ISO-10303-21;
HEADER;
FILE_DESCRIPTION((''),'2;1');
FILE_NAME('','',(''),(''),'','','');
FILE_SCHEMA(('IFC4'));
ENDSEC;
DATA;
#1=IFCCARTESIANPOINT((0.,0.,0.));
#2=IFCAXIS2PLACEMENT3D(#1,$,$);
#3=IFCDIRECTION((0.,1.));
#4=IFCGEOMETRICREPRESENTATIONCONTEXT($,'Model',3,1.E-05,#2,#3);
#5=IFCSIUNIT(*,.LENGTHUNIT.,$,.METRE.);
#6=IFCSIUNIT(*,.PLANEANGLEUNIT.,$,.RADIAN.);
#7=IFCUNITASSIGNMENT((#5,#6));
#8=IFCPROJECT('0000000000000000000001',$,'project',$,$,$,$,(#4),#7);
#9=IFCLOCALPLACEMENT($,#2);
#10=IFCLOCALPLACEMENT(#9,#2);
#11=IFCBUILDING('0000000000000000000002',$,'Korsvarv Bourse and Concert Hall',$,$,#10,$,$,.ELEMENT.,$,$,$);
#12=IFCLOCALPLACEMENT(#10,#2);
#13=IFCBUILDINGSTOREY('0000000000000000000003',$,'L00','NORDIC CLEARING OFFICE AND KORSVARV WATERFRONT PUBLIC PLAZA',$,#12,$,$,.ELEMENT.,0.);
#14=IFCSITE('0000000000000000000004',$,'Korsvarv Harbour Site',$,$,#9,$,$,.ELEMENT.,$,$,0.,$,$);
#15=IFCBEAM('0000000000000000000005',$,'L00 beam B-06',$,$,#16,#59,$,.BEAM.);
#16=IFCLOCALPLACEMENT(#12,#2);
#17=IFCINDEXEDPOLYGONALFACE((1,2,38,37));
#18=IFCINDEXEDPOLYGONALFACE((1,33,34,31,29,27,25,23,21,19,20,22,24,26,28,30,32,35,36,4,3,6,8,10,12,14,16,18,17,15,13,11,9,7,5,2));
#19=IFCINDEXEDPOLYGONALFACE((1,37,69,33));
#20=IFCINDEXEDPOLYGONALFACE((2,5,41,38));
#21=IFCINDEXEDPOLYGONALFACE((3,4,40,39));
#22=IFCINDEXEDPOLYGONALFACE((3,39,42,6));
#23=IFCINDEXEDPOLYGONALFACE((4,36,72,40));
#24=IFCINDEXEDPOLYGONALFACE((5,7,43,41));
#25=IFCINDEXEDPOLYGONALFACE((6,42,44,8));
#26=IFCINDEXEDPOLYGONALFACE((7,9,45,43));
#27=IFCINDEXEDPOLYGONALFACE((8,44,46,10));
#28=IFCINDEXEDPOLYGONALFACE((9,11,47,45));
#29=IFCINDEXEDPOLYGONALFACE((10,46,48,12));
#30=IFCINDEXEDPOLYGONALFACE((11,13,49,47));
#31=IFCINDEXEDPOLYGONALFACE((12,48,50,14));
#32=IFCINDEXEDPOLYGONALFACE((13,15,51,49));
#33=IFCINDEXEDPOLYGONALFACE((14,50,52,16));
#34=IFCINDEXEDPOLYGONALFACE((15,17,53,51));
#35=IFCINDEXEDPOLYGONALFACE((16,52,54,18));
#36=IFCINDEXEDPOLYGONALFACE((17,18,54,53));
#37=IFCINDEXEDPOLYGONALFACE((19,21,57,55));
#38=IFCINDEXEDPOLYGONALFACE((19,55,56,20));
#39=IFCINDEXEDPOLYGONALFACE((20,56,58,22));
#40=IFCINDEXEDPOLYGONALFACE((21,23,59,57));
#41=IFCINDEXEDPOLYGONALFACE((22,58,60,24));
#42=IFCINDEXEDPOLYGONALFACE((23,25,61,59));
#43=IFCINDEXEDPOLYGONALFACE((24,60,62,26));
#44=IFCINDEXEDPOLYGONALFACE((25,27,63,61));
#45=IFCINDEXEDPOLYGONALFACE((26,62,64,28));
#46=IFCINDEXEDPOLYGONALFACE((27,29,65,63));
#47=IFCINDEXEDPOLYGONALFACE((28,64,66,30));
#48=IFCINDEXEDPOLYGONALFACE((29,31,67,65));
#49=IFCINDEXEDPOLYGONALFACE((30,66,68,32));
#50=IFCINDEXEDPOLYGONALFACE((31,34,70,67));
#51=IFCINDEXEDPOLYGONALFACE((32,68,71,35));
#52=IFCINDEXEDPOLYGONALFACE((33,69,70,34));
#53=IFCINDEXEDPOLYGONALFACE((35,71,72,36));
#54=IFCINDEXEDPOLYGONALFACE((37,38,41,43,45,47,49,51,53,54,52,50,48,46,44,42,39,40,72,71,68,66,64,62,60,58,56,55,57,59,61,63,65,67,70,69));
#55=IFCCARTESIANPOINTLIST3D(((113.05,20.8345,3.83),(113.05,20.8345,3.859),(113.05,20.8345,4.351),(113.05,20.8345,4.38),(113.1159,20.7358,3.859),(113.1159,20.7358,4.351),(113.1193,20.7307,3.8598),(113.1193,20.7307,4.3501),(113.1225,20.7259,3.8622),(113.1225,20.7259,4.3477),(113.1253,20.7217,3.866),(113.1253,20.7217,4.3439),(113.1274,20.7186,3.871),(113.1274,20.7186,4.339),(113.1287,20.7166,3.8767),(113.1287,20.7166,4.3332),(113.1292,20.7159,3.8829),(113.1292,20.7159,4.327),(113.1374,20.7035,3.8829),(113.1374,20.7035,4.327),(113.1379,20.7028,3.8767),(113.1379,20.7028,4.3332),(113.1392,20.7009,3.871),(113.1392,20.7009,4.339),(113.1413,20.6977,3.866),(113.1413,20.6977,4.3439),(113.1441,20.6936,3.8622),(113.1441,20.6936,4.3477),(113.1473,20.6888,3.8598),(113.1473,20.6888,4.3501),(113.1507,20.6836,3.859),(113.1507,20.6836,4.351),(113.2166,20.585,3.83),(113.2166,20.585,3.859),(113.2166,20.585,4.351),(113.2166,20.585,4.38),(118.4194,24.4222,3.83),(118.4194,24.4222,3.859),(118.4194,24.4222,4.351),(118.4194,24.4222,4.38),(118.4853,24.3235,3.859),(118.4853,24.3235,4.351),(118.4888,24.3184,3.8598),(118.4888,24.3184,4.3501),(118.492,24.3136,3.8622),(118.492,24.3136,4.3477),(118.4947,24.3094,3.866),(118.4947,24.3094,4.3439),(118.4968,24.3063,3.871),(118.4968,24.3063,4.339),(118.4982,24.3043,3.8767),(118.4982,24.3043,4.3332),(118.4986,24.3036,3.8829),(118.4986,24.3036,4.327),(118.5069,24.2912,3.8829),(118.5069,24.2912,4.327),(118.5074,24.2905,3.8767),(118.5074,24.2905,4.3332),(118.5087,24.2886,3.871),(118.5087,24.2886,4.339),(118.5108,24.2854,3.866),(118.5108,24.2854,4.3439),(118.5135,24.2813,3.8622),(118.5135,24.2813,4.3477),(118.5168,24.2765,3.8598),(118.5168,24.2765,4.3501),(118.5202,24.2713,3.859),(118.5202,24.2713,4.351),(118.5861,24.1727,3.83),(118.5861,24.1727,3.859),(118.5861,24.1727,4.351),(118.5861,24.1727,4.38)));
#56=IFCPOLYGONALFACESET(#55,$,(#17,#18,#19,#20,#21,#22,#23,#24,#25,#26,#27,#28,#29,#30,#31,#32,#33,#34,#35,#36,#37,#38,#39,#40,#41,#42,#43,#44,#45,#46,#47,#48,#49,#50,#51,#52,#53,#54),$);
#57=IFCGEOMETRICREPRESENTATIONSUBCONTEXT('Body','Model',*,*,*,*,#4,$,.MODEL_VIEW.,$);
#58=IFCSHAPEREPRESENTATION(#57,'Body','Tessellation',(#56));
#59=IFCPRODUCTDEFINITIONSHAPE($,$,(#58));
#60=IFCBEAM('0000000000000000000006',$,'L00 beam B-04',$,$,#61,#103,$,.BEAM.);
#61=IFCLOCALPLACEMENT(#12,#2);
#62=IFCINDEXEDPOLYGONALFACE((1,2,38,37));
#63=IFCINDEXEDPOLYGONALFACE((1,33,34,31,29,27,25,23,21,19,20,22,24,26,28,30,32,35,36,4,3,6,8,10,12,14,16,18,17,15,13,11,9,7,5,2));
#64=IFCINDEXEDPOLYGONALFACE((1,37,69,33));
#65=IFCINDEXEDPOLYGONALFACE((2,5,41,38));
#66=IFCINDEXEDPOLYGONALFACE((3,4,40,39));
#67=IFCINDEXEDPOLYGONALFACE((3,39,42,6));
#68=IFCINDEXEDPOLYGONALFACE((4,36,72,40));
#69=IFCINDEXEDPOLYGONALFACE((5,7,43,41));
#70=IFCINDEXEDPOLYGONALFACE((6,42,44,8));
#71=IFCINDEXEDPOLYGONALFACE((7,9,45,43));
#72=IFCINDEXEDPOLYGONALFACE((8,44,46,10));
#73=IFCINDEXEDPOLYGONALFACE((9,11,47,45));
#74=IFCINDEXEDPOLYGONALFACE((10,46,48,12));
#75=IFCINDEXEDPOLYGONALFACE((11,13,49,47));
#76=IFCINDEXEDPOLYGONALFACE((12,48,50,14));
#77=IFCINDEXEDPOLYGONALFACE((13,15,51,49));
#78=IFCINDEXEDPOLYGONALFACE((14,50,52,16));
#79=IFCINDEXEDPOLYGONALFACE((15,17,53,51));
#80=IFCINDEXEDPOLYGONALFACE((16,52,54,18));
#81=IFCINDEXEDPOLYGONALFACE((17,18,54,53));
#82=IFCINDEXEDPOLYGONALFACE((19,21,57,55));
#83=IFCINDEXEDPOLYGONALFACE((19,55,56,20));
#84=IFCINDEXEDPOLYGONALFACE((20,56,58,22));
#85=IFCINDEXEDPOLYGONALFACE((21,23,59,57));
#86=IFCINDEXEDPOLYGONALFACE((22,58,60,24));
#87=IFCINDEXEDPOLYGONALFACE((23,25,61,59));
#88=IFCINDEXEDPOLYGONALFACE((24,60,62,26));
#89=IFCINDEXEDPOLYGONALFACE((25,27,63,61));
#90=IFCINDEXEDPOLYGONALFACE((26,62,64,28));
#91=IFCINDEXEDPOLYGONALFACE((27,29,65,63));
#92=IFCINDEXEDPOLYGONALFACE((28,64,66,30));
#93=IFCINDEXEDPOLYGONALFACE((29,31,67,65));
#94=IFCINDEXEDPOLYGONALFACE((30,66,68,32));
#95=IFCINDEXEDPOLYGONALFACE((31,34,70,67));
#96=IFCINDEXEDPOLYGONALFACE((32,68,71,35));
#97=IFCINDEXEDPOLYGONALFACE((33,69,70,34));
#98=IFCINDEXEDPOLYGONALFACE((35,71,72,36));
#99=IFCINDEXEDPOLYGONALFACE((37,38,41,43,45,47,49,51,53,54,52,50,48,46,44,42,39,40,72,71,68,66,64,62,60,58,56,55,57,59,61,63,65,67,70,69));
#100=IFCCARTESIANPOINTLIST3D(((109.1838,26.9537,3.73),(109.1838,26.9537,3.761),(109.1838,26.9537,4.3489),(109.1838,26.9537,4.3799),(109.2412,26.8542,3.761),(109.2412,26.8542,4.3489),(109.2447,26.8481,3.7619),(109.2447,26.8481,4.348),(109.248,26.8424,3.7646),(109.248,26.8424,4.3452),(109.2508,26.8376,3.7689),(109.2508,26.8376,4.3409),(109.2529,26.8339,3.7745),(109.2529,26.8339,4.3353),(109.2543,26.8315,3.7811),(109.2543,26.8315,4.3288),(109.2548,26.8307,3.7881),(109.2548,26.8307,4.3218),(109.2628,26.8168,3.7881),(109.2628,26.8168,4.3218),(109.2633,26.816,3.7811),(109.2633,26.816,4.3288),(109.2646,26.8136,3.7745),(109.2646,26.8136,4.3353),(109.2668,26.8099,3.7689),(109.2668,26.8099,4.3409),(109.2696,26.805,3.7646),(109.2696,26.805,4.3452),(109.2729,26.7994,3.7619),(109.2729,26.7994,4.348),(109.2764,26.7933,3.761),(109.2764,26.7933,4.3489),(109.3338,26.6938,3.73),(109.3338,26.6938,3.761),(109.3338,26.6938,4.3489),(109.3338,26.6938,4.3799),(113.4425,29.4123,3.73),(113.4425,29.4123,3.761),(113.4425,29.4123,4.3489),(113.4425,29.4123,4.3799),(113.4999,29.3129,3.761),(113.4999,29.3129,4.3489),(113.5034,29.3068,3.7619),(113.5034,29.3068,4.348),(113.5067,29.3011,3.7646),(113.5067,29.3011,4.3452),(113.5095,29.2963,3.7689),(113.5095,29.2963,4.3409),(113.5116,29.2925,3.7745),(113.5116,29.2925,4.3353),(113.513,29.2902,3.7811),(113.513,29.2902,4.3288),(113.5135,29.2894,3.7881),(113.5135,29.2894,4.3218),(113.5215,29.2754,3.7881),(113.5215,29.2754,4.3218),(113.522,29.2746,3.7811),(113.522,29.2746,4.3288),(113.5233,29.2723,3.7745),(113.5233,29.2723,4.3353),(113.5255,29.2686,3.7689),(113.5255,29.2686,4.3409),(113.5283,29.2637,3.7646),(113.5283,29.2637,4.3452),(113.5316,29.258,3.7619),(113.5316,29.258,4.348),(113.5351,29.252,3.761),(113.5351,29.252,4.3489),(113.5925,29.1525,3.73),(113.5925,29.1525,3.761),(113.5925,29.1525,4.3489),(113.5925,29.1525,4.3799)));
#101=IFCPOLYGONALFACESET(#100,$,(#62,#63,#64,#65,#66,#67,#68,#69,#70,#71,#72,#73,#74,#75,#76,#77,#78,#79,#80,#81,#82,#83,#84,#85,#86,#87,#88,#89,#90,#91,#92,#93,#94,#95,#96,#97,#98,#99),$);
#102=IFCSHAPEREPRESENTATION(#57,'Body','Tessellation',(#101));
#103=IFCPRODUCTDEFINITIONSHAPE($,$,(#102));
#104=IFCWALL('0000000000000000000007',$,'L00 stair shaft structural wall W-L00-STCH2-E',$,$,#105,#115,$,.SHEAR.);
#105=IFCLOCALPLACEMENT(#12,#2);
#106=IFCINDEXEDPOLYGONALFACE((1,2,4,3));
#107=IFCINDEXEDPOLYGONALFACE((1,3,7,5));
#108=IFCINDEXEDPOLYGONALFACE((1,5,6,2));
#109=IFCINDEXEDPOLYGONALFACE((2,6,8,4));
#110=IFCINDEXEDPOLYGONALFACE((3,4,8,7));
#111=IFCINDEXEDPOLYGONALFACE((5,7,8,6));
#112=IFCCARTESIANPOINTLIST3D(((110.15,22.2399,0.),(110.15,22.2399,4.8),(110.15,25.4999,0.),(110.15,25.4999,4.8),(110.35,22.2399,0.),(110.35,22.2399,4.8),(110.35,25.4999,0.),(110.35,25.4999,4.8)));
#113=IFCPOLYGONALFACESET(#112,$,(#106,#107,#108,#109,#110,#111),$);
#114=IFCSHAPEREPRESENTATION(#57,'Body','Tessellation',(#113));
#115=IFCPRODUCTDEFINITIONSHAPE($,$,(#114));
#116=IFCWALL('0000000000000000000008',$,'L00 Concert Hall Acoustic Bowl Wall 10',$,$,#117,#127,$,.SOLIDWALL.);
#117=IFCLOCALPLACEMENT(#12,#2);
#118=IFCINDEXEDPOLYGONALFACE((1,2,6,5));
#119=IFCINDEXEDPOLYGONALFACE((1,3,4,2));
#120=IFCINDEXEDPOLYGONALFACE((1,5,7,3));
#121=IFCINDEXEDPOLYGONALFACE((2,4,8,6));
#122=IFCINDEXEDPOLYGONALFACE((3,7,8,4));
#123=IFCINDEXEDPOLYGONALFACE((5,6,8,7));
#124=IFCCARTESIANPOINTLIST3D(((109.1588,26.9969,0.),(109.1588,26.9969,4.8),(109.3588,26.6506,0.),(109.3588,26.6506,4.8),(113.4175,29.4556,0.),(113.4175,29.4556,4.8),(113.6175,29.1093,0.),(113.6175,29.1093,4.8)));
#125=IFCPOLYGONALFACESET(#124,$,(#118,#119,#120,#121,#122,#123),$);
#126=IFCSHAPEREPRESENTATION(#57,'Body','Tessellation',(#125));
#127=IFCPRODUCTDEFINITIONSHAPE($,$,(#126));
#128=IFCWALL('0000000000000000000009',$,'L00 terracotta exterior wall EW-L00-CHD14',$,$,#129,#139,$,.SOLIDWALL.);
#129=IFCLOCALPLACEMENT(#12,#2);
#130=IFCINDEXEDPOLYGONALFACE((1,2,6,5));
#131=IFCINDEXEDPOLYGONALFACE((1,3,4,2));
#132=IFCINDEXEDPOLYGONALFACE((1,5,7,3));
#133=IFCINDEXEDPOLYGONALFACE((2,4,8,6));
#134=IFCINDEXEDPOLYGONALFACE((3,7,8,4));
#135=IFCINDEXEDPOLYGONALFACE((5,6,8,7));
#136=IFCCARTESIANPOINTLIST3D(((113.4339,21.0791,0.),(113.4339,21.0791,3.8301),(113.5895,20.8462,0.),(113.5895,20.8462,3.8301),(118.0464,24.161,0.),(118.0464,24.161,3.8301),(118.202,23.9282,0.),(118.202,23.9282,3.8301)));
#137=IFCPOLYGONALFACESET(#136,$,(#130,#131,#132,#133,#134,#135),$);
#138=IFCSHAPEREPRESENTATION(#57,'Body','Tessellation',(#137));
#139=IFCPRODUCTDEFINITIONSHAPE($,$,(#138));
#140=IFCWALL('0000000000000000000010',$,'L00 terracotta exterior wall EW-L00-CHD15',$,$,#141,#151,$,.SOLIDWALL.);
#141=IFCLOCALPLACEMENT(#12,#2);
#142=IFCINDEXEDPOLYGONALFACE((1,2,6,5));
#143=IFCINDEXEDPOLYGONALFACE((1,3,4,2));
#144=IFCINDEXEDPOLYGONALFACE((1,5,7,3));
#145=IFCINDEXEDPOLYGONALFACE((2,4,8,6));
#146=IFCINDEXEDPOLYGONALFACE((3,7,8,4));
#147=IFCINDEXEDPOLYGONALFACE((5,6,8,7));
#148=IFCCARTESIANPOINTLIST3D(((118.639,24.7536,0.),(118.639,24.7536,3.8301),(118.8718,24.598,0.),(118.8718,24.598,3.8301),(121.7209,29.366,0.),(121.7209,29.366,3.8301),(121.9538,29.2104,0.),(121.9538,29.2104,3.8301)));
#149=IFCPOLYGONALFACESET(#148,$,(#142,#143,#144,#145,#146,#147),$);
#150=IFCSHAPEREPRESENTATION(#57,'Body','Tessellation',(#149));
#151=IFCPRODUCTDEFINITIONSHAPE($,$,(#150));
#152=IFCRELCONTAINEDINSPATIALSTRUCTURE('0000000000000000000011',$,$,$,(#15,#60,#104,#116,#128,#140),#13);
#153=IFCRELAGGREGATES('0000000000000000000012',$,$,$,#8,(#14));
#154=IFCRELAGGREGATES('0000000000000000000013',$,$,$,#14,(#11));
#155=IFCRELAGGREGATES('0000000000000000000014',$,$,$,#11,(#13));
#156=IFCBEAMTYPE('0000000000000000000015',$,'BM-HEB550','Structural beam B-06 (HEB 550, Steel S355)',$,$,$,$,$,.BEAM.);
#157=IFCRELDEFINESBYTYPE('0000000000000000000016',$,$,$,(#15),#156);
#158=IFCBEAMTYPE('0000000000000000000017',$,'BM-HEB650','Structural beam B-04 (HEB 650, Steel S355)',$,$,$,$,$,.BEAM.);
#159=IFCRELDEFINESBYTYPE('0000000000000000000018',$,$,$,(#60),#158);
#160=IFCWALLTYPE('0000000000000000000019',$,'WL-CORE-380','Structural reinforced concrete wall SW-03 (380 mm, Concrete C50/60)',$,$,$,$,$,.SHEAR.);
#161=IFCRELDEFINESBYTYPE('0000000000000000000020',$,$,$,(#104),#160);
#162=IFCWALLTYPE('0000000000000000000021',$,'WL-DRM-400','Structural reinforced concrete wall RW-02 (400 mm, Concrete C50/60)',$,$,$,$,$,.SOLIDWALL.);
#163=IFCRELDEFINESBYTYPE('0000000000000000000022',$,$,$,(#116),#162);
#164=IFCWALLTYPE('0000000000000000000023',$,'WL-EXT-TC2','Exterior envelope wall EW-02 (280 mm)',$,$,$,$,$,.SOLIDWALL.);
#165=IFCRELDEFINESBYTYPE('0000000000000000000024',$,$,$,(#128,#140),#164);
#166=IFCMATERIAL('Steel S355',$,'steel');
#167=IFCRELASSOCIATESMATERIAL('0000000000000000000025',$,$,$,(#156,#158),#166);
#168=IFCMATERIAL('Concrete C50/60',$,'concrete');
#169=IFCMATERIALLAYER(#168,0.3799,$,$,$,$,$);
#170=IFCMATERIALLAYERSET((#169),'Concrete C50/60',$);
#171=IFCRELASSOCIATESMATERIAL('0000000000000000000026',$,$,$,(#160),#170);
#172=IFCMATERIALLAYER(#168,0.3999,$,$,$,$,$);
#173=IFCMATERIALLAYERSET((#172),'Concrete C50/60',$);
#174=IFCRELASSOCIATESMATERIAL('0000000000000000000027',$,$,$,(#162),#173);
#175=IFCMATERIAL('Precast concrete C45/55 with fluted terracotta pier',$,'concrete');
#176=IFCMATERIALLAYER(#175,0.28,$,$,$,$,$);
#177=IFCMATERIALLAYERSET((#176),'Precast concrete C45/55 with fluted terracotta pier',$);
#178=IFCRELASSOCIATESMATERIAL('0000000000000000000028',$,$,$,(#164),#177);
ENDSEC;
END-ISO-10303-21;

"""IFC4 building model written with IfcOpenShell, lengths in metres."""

from ifc_helpers import new_model, si_unit, direction, frame, frame_2d, origin, origin_2d, place, context, subcontext, project, spatial, rectangle, i_section, extrude, source, transform, mapped, material, layer, layer_set, material_profile, profile_set, type_object, element, save


model = new_model("IFC4")

# Units and contexts
model_context = context("Model", 3, precision=1e-05, world=origin(), true_north=direction((0.0, 1.0)))
body_context = subcontext(model_context, "Body", "Model", "MODEL_VIEW")
ifc_project = project(units=[si_unit("LENGTHUNIT", "METRE"), si_unit("PLANEANGLEUNIT", "RADIAN")], contexts=[model_context])

# Site, building, storey
site_placement = place(None, origin())
site = spatial("IfcSite", under=ifc_project, at=site_placement, Name="Korsvarv Harbour Site", CompositionType="ELEMENT", RefElevation=0.0)
building_placement = place(site_placement, origin())
building = spatial("IfcBuilding", under=site, at=building_placement, Name="Korsvarv Bourse and Concert Hall", CompositionType="ELEMENT")
storey_placement = place(building_placement, origin())
storey = spatial("IfcBuildingStorey", under=building, at=storey_placement, Name="L00", Description="NORDIC CLEARING OFFICE AND KORSVARV WATERFRONT PUBLIC PLAZA", CompositionType="ELEMENT", Elevation=0.0)

# Shared definitions
ifc_material_1 = material(Name="Concrete C50/60", Category="concrete")

# Beams
ifc_material_2 = material(Name="Steel S355", Category="steel")
ifc_material_profile_1 = material_profile(ifc_material_2, i_section(OverallWidth=0.3, OverallDepth=0.55, WebThickness=0.0149, FlangeThickness=0.0291, FilletRadius=0.0239, at=origin_2d()), Name="HEB 550")
ifc_profile_set_1 = profile_set([ifc_material_profile_1], Name="Steel S355")
beam_type_1 = type_object("IfcBeamType", Name="BM-HEB550", Description="Structural beam B-06 (HEB 550, Steel S355)", PredefinedType="BEAM", material=ifc_profile_set_1)
shared_shape_1 = source(origin(), body_context, "Body", "SweptSolid", [
    extrude(i_section(OverallWidth=0.3, OverallDepth=0.55, WebThickness=0.0149, FlangeThickness=0.0291, FilletRadius=0.0239, at=origin_2d()), origin(), (0.0, 0.0, 1.0), 6.4578),
])
beam_1_placement = place(storey_placement, frame((113.1333, 20.7097, 4.105), z_axis=(0.831474, 0.555564, 0.0), x_axis=(-0.555564, 0.831474, 0.0)))
element("IfcBeam", 1, at=beam_1_placement, inside=storey, type_object=beam_type_1, Name="L00 beam B-06", PredefinedType="BEAM", context=body_context, shape_type="MappedRepresentation", body=[
    mapped(shared_shape_1, transform((0.0, 0.0, 0.0), scale=1.0)),
])
ifc_material_profile_2 = material_profile(ifc_material_2, i_section(OverallWidth=0.3, OverallDepth=0.6499, WebThickness=0.0161, FlangeThickness=0.031, FilletRadius=0.0271, at=origin_2d()), Name="HEB 650")
ifc_profile_set_2 = profile_set([ifc_material_profile_2], Name="Steel S355")
beam_type_2 = type_object("IfcBeamType", Name="BM-HEB650", Description="Structural beam B-04 (HEB 650, Steel S355)", PredefinedType="BEAM", material=ifc_profile_set_2)
shared_shape_2 = source(origin(), body_context, "Body", "SweptSolid", [
    extrude(i_section(OverallWidth=0.3, OverallDepth=0.6499, WebThickness=0.0161, FlangeThickness=0.031, FilletRadius=0.0271, at=origin_2d()), origin(), (0.0, 0.0, 1.0), 4.9175),
])
beam_2_placement = place(storey_placement, frame((109.2588, 26.8237, 4.0549), z_axis=(0.866032, 0.499989, 0.0), x_axis=(-0.499989, 0.866032, 0.0)))
element("IfcBeam", 2, at=beam_2_placement, inside=storey, type_object=beam_type_2, Name="L00 beam B-04", PredefinedType="BEAM", context=body_context, shape_type="MappedRepresentation", body=[
    mapped(shared_shape_2, transform((0.0, 0.0, 0.0), scale=1.0)),
])

# Walls
ifc_layer_1 = layer(ifc_material_1, 0.3799)
ifc_layer_set_1 = layer_set([ifc_layer_1], Name="Concrete C50/60")
wall_type_1 = type_object("IfcWallType", Name="WL-CORE-380", Description="Structural reinforced concrete wall SW-03 (380 mm, Concrete C50/60)", PredefinedType="SHEAR", material=ifc_layer_set_1)
wall_1_placement = place(storey_placement, frame((110.25, 22.24, 0.0), z_axis=(0.0, 0.0, 1.0), x_axis=(0.0, 1.0, 0.0)))
element("IfcWall", 3, at=wall_1_placement, inside=storey, type_object=wall_type_1, Name="L00 stair shaft structural wall W-L00-STCH2-E", PredefinedType="SHEAR", context=body_context, shape_type="SweptSolid", body=[
    extrude(rectangle(XDim=3.26, YDim=0.2, at=frame_2d((1.6299, 0.0))), origin(), (0.0, 0.0, 1.0), 4.8),
])
ifc_layer_2 = layer(ifc_material_1, 0.3999)
ifc_layer_set_2 = layer_set([ifc_layer_2], Name="Concrete C50/60")
wall_type_2 = type_object("IfcWallType", Name="WL-DRM-400", Description="Structural reinforced concrete wall RW-02 (400 mm, Concrete C50/60)", PredefinedType="SOLIDWALL", material=ifc_layer_set_2)
wall_2_placement = place(storey_placement, frame((109.2588, 26.8237, 0.0), z_axis=(0.0, 0.0, 1.0), x_axis=(0.866032, 0.499989, 0.0)))
element("IfcWall", 4, at=wall_2_placement, inside=storey, type_object=wall_type_2, Name="L00 Concert Hall Acoustic Bowl Wall 10", PredefinedType="SOLIDWALL", context=body_context, shape_type="SweptSolid", body=[
    extrude(rectangle(XDim=4.9175, YDim=0.3999, at=frame_2d((2.4587, 0.0))), origin(), (0.0, 0.0, 1.0), 4.8),
])
ifc_material_3 = material(Name="Precast concrete C45/55 with fluted terracotta pier", Category="concrete")
ifc_layer_3 = layer(ifc_material_3, 0.28)
ifc_layer_set_3 = layer_set([ifc_layer_3], Name="Precast concrete C45/55 with fluted terracotta pier")
wall_type_3 = type_object("IfcWallType", Name="WL-EXT-TC2", Description="Exterior envelope wall EW-02 (280 mm)", PredefinedType="SOLIDWALL", material=ifc_layer_set_3)
for number, where, z_axis, x_axis, name in (
    (5, (113.5117, 20.9626, 0.0), (0.0, 0.0, 1.0), (0.831468, 0.555573, 0.0), "L00 terracotta exterior wall EW-L00-CHD14"),
    (6, (118.7554, 24.6758, 0.0), (0.0, 0.0, 1.0), (0.555573, 0.831468, 0.0), "L00 terracotta exterior wall EW-L00-CHD15"),
):
    element("IfcWall", number, at=place(storey_placement, frame(where, z_axis=z_axis, x_axis=x_axis)), inside=storey, type_object=wall_type_3, Name=name, PredefinedType="SOLIDWALL", context=body_context, shape_type="SweptSolid", body=[
        extrude(rectangle(XDim=5.5474, YDim=0.28, at=frame_2d((2.7737, 0.0))), origin(), (0.0, 0.0, 1.0), 3.8301),
    ])

save(model, "model.ifc")
